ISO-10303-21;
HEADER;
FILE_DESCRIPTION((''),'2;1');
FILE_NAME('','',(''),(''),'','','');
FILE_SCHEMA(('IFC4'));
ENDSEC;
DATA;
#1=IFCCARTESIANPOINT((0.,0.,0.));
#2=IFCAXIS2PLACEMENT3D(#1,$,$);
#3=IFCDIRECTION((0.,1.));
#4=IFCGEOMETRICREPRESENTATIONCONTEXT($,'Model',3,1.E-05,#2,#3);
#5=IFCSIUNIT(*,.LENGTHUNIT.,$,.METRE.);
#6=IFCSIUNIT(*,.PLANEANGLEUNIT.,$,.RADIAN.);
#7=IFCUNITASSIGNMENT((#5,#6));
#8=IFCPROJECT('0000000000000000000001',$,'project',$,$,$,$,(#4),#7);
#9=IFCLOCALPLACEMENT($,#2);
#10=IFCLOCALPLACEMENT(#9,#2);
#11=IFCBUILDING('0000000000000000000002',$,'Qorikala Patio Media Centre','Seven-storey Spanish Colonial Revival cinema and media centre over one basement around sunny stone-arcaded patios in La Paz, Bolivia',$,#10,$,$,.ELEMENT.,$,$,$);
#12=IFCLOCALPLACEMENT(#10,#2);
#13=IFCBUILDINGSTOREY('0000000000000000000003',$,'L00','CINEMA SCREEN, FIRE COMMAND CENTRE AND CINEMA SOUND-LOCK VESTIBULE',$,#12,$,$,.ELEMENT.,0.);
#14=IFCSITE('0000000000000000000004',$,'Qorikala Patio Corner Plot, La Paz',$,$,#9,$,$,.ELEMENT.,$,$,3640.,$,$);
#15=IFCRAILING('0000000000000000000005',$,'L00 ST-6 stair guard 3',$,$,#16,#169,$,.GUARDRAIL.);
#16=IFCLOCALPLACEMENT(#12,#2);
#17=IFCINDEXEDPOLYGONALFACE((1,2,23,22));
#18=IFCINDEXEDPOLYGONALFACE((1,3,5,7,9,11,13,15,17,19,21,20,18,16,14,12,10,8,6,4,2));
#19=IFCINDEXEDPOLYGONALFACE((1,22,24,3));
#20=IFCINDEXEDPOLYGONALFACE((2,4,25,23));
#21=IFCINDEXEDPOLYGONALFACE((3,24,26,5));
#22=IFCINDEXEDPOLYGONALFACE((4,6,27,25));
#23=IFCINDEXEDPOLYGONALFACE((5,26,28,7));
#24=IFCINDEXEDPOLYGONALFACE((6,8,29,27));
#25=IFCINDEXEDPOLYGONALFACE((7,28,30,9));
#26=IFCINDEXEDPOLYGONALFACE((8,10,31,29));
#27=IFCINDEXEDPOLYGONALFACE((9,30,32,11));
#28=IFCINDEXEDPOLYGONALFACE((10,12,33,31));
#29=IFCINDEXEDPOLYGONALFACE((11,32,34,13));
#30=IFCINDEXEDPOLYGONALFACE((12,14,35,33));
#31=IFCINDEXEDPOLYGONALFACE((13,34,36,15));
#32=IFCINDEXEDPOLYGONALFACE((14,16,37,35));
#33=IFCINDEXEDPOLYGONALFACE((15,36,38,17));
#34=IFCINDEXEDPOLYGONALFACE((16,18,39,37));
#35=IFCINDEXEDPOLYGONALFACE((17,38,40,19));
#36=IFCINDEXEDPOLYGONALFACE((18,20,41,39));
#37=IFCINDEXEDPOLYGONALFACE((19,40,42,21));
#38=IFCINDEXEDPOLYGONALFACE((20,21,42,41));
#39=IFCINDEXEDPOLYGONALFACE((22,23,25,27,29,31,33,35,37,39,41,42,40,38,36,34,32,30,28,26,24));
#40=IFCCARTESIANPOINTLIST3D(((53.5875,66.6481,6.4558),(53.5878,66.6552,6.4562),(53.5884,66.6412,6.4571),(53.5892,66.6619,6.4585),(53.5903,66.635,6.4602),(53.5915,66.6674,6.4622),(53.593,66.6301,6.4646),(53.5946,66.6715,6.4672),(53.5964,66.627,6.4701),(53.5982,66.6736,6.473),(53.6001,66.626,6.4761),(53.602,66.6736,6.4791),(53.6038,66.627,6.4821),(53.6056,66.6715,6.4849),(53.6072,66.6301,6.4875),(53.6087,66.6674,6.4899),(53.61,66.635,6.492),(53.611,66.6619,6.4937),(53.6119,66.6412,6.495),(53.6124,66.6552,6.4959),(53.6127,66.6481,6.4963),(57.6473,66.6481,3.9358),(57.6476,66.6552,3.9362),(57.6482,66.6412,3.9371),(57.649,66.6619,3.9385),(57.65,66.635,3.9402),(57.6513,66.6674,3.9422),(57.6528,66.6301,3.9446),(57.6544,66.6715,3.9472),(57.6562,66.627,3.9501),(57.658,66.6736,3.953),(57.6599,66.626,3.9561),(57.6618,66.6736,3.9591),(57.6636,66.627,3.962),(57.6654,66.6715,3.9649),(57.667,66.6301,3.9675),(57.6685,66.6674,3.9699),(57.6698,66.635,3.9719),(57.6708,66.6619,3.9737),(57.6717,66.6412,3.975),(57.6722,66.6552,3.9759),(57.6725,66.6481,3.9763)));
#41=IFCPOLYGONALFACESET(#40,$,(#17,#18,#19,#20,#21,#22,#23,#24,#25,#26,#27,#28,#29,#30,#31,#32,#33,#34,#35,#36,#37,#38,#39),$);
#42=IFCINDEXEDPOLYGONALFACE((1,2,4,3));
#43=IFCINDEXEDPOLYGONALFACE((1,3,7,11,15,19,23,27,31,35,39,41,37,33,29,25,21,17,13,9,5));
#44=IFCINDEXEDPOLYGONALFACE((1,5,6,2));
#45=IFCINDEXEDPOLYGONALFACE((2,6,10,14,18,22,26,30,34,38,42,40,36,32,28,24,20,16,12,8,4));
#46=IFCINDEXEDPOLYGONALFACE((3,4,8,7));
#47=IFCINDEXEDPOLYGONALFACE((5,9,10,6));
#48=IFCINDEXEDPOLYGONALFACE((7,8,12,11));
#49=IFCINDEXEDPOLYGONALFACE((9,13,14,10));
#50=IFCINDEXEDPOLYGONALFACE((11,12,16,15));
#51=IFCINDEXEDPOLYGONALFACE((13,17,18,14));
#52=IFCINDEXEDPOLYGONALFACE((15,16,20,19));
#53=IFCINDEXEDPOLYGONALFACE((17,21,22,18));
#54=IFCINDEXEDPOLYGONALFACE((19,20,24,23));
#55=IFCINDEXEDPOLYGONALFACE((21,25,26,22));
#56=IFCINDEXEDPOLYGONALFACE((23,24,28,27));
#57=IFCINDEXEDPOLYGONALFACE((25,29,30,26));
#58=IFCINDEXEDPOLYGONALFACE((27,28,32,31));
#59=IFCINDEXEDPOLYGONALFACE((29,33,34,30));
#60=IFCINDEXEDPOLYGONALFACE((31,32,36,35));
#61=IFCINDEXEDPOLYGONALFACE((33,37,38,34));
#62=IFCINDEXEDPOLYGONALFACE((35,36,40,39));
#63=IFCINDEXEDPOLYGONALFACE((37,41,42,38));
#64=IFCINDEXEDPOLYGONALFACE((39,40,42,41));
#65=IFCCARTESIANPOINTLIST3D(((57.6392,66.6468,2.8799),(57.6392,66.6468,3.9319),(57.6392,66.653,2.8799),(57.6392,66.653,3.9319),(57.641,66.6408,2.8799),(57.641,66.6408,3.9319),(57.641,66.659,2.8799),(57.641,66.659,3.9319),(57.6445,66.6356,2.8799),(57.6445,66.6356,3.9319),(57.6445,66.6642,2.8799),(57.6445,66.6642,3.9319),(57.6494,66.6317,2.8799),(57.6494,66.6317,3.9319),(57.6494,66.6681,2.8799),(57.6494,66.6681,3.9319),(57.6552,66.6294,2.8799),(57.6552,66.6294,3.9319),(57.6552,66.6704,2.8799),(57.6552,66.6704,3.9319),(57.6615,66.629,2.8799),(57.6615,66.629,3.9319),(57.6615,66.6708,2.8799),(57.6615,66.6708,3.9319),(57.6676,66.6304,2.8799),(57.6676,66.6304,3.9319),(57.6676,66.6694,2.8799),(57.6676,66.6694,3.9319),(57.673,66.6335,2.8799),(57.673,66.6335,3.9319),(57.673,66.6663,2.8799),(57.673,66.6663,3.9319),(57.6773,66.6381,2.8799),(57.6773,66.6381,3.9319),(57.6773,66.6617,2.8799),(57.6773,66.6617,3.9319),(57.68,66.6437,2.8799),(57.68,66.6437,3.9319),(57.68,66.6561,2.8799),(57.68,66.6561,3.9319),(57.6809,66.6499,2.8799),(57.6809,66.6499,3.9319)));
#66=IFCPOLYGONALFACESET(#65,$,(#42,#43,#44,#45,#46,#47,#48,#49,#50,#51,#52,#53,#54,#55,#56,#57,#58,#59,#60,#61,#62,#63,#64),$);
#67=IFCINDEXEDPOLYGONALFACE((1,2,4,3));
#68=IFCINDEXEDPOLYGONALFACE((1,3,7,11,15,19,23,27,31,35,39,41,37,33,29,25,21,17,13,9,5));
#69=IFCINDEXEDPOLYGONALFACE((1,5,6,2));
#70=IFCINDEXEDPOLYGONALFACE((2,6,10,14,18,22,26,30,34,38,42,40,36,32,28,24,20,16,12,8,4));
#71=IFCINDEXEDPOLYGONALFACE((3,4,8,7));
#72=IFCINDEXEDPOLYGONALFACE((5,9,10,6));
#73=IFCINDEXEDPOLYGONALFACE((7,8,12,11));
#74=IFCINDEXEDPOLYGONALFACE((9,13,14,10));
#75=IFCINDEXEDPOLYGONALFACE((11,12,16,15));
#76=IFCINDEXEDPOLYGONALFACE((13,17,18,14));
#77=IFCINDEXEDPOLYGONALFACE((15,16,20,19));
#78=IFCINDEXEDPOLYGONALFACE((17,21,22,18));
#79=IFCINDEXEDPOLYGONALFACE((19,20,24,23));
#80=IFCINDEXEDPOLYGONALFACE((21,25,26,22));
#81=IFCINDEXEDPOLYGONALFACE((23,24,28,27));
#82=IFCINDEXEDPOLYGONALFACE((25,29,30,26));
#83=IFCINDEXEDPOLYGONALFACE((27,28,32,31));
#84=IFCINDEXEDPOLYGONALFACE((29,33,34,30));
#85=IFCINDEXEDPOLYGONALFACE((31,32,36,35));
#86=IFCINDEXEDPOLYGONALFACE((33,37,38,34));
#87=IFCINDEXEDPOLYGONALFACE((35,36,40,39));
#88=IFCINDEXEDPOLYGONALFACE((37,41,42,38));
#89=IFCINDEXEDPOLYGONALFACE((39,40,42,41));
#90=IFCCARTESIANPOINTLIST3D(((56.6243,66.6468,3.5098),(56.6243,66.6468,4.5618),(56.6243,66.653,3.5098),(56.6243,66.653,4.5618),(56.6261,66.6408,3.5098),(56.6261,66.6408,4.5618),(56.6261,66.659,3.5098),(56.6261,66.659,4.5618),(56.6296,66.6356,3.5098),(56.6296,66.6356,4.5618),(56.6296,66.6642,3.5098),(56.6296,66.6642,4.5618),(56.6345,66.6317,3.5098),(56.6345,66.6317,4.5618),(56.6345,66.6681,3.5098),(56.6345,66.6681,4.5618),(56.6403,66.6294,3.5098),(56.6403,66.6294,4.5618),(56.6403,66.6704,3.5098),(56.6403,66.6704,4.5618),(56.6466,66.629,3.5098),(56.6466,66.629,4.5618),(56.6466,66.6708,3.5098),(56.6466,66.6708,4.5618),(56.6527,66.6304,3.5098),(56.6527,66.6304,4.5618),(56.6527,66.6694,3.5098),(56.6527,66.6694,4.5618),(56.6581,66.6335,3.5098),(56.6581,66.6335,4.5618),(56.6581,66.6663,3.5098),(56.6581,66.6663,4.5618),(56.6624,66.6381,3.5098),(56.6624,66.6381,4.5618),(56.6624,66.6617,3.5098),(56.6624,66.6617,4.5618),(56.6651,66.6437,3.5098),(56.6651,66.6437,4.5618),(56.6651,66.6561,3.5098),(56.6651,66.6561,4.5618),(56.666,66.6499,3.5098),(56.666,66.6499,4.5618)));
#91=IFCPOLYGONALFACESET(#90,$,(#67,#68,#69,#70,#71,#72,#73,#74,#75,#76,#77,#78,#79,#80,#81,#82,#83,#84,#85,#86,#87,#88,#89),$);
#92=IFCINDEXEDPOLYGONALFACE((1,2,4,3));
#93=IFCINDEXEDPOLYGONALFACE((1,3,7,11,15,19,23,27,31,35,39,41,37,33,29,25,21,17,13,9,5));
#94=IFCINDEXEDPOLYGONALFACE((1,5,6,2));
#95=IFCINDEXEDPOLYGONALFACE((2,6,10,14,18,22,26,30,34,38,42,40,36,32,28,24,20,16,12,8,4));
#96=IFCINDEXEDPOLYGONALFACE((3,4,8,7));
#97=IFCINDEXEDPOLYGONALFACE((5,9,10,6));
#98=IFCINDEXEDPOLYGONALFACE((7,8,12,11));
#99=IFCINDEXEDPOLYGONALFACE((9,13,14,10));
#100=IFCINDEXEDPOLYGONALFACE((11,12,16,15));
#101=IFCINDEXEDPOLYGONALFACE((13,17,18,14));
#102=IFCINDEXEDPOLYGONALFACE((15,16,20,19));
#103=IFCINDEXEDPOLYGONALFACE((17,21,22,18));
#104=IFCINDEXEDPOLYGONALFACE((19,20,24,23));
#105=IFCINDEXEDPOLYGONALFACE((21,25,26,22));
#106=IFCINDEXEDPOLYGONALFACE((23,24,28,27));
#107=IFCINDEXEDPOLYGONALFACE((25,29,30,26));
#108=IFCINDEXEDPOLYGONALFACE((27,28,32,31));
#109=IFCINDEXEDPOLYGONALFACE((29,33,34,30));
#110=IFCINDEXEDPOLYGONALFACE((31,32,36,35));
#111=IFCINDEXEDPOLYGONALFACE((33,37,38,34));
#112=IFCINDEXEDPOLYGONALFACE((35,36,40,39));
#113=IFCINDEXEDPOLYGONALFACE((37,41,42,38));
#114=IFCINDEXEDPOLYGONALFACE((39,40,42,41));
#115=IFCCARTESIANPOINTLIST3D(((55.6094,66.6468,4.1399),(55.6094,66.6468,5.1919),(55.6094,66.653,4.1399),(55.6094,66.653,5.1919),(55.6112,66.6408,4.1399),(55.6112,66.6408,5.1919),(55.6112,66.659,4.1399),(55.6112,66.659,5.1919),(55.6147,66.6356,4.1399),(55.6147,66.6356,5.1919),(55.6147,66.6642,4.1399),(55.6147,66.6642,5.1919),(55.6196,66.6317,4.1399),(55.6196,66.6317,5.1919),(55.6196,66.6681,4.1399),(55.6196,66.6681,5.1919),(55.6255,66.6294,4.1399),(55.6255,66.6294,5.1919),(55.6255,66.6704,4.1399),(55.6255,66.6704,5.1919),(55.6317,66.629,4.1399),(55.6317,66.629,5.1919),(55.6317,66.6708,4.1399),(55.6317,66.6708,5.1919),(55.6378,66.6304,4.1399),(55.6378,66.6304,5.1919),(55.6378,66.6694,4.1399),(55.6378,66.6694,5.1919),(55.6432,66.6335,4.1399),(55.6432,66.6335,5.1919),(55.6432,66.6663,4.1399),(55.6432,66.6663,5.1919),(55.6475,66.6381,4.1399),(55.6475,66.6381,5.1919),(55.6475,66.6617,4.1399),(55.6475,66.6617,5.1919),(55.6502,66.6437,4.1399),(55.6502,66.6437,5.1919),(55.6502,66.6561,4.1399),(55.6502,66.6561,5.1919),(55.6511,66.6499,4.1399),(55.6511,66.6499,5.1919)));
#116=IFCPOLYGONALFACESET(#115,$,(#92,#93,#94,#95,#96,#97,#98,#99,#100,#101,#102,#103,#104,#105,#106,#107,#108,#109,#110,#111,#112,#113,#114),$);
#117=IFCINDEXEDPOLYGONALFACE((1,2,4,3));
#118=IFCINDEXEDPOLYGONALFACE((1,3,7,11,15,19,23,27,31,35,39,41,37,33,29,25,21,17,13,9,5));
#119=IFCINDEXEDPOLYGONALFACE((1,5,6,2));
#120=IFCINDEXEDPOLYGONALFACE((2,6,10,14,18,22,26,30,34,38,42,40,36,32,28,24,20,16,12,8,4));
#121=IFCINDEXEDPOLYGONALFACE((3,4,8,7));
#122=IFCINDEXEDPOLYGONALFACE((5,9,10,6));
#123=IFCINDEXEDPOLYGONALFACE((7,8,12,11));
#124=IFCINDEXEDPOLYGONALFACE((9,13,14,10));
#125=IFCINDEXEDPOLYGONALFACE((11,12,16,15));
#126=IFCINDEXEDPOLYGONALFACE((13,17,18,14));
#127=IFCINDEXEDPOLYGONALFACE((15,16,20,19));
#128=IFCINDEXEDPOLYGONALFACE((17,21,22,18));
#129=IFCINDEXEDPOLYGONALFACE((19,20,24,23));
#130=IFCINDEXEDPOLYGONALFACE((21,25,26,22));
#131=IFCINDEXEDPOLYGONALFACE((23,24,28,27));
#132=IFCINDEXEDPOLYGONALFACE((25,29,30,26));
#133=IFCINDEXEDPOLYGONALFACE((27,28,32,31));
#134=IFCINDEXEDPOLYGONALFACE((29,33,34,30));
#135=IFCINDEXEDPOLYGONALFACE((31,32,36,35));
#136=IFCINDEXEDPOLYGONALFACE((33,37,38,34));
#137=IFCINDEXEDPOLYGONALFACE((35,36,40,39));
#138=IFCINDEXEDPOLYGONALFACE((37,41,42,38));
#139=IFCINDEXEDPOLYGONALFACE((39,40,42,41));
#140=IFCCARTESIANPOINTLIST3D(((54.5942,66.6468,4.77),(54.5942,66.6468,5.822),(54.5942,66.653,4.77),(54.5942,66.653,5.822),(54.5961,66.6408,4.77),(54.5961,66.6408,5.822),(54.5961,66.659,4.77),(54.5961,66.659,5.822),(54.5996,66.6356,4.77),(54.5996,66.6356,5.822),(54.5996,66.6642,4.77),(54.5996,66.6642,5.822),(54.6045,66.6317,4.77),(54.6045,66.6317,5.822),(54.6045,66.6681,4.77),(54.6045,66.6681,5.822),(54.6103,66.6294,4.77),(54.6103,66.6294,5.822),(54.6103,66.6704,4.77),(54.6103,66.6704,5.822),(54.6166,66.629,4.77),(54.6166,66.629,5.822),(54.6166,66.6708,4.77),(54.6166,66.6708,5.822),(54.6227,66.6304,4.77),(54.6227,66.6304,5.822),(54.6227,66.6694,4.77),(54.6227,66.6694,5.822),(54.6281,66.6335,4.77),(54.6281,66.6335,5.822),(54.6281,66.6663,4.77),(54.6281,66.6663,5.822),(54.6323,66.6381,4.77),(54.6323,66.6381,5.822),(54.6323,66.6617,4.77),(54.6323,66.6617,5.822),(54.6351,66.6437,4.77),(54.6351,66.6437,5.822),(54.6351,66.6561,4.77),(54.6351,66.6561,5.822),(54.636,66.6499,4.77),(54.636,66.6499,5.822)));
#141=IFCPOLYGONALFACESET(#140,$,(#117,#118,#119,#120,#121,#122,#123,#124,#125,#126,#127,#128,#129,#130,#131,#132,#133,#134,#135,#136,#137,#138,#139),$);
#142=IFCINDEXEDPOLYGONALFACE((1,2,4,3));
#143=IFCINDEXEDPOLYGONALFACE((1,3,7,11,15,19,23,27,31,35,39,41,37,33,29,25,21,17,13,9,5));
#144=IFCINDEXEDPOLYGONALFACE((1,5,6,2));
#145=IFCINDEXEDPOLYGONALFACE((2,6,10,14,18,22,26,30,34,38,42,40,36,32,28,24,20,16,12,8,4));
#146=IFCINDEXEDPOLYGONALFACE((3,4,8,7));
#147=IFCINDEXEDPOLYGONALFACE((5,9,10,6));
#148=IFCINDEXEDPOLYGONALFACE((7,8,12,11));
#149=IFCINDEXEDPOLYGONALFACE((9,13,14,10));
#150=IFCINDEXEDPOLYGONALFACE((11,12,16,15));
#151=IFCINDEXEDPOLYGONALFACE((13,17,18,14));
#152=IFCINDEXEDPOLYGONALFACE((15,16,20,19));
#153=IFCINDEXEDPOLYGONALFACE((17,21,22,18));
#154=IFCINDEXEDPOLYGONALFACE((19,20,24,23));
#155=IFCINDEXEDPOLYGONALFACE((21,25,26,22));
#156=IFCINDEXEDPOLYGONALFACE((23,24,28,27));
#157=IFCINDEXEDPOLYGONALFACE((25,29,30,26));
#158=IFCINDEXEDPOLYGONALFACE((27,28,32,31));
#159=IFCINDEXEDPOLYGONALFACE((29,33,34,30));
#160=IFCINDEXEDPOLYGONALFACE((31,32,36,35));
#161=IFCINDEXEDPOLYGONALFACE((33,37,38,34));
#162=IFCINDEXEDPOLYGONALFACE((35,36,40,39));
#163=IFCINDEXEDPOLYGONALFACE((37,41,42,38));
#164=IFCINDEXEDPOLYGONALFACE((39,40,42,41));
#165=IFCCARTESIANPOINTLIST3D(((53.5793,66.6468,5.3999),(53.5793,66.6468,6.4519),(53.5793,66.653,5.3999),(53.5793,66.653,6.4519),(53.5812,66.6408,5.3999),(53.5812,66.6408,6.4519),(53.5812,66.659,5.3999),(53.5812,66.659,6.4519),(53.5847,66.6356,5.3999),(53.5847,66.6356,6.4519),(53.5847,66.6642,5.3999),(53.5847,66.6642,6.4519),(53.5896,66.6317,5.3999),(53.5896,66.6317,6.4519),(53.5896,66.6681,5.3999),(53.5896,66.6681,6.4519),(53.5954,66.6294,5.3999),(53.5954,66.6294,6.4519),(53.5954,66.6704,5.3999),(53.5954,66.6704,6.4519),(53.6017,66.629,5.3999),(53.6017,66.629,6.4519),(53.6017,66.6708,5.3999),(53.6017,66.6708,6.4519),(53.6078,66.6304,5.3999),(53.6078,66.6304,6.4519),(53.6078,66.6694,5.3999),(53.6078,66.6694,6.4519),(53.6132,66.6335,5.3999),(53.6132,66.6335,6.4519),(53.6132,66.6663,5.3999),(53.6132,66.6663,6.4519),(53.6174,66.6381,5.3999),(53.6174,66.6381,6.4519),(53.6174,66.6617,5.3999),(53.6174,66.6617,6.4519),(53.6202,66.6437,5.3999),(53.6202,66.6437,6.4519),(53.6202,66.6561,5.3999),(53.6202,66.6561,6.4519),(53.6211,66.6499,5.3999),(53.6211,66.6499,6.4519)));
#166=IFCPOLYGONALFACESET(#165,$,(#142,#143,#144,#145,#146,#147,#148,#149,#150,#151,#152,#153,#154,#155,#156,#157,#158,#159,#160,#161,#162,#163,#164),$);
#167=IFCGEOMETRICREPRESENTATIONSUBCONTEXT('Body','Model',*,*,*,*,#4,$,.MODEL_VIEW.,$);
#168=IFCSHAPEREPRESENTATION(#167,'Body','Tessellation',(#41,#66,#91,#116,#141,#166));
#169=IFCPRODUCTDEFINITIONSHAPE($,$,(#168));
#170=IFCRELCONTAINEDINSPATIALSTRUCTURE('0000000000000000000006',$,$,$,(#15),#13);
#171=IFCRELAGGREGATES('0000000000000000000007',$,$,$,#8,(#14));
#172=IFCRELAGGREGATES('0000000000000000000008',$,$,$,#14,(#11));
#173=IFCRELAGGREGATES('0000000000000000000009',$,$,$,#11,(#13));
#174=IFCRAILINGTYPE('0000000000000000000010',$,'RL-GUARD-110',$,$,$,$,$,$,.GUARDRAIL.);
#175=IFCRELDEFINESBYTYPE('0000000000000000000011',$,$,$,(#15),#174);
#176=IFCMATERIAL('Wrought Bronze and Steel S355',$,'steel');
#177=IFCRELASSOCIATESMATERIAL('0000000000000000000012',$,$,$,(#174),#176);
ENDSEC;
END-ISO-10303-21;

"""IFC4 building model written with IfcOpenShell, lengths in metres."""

from ifc_helpers import new_model, si_unit, direction, frame, origin, origin_2d, place, context, subcontext, project, spatial, circle, extrude, material, type_object, element, save


model = new_model("IFC4")

# Units and contexts
model_context = context("Model", 3, precision=1e-05, world=origin(), true_north=direction((0.0, 1.0)))
body_context = subcontext(model_context, "Body", "Model", "MODEL_VIEW")
ifc_project = project(units=[si_unit("LENGTHUNIT", "METRE"), si_unit("PLANEANGLEUNIT", "RADIAN")], contexts=[model_context])

# Site, building, storey
site_placement = place(None, origin())
site = spatial("IfcSite", under=ifc_project, at=site_placement, Name="Qorikala Patio Corner Plot, La Paz", CompositionType="ELEMENT", RefElevation=3640.0)
building_placement = place(site_placement, origin())
building = spatial("IfcBuilding", under=site, at=building_placement, Name="Qorikala Patio Media Centre", Description="Seven-storey Spanish Colonial Revival cinema and media centre over one basement around sunny stone-arcaded patios in La Paz, Bolivia", CompositionType="ELEMENT")
storey_placement = place(building_placement, origin())
storey = spatial("IfcBuildingStorey", under=building, at=storey_placement, Name="L00", Description="CINEMA SCREEN, FIRE COMMAND CENTRE AND CINEMA SOUND-LOCK VESTIBULE", CompositionType="ELEMENT", Elevation=0.0)

# Railing
ifc_material_1 = material(Name="Wrought Bronze and Steel S355", Category="steel")
railing_type_1 = type_object("IfcRailingType", Name="RL-GUARD-110", PredefinedType="GUARDRAIL", material=ifc_material_1)
railing_1_placement = place(storey_placement, frame((57.6599, 66.6499, 2.8799)))
element("IfcRailing", 1, at=railing_1_placement, inside=storey, type_object=railing_type_1, Name="L00 ST-6 stair guard 3", PredefinedType="GUARDRAIL", context=body_context, shape_type="SweptSolid", body=[
    extrude(circle(Radius=0.0239, at=origin_2d()), frame((0.0, 0.0, 1.0762), z_axis=(-0.849628, 0.0, 0.527383), x_axis=(0.0, -1.0, 0.0)), (0.0, 0.0, 1.0), 4.7783),
    extrude(circle(Radius=0.021, at=origin_2d()), origin(), (0.0, 0.0, 1.0), 1.052),
    extrude(circle(Radius=0.021, at=origin_2d()), frame((-1.0149, 0.0, 0.6299)), (0.0, 0.0, 1.0), 1.052),
    extrude(circle(Radius=0.021, at=origin_2d()), frame((-2.0298, 0.0, 1.26)), (0.0, 0.0, 1.0), 1.052),
    extrude(circle(Radius=0.021, at=origin_2d()), frame((-3.0449, 0.0, 1.8901)), (0.0, 0.0, 1.0), 1.052),
    extrude(circle(Radius=0.021, at=origin_2d()), frame((-4.0598, 0.0, 2.52)), (0.0, 0.0, 1.0), 1.052),
])

save(model, "model.ifc")
